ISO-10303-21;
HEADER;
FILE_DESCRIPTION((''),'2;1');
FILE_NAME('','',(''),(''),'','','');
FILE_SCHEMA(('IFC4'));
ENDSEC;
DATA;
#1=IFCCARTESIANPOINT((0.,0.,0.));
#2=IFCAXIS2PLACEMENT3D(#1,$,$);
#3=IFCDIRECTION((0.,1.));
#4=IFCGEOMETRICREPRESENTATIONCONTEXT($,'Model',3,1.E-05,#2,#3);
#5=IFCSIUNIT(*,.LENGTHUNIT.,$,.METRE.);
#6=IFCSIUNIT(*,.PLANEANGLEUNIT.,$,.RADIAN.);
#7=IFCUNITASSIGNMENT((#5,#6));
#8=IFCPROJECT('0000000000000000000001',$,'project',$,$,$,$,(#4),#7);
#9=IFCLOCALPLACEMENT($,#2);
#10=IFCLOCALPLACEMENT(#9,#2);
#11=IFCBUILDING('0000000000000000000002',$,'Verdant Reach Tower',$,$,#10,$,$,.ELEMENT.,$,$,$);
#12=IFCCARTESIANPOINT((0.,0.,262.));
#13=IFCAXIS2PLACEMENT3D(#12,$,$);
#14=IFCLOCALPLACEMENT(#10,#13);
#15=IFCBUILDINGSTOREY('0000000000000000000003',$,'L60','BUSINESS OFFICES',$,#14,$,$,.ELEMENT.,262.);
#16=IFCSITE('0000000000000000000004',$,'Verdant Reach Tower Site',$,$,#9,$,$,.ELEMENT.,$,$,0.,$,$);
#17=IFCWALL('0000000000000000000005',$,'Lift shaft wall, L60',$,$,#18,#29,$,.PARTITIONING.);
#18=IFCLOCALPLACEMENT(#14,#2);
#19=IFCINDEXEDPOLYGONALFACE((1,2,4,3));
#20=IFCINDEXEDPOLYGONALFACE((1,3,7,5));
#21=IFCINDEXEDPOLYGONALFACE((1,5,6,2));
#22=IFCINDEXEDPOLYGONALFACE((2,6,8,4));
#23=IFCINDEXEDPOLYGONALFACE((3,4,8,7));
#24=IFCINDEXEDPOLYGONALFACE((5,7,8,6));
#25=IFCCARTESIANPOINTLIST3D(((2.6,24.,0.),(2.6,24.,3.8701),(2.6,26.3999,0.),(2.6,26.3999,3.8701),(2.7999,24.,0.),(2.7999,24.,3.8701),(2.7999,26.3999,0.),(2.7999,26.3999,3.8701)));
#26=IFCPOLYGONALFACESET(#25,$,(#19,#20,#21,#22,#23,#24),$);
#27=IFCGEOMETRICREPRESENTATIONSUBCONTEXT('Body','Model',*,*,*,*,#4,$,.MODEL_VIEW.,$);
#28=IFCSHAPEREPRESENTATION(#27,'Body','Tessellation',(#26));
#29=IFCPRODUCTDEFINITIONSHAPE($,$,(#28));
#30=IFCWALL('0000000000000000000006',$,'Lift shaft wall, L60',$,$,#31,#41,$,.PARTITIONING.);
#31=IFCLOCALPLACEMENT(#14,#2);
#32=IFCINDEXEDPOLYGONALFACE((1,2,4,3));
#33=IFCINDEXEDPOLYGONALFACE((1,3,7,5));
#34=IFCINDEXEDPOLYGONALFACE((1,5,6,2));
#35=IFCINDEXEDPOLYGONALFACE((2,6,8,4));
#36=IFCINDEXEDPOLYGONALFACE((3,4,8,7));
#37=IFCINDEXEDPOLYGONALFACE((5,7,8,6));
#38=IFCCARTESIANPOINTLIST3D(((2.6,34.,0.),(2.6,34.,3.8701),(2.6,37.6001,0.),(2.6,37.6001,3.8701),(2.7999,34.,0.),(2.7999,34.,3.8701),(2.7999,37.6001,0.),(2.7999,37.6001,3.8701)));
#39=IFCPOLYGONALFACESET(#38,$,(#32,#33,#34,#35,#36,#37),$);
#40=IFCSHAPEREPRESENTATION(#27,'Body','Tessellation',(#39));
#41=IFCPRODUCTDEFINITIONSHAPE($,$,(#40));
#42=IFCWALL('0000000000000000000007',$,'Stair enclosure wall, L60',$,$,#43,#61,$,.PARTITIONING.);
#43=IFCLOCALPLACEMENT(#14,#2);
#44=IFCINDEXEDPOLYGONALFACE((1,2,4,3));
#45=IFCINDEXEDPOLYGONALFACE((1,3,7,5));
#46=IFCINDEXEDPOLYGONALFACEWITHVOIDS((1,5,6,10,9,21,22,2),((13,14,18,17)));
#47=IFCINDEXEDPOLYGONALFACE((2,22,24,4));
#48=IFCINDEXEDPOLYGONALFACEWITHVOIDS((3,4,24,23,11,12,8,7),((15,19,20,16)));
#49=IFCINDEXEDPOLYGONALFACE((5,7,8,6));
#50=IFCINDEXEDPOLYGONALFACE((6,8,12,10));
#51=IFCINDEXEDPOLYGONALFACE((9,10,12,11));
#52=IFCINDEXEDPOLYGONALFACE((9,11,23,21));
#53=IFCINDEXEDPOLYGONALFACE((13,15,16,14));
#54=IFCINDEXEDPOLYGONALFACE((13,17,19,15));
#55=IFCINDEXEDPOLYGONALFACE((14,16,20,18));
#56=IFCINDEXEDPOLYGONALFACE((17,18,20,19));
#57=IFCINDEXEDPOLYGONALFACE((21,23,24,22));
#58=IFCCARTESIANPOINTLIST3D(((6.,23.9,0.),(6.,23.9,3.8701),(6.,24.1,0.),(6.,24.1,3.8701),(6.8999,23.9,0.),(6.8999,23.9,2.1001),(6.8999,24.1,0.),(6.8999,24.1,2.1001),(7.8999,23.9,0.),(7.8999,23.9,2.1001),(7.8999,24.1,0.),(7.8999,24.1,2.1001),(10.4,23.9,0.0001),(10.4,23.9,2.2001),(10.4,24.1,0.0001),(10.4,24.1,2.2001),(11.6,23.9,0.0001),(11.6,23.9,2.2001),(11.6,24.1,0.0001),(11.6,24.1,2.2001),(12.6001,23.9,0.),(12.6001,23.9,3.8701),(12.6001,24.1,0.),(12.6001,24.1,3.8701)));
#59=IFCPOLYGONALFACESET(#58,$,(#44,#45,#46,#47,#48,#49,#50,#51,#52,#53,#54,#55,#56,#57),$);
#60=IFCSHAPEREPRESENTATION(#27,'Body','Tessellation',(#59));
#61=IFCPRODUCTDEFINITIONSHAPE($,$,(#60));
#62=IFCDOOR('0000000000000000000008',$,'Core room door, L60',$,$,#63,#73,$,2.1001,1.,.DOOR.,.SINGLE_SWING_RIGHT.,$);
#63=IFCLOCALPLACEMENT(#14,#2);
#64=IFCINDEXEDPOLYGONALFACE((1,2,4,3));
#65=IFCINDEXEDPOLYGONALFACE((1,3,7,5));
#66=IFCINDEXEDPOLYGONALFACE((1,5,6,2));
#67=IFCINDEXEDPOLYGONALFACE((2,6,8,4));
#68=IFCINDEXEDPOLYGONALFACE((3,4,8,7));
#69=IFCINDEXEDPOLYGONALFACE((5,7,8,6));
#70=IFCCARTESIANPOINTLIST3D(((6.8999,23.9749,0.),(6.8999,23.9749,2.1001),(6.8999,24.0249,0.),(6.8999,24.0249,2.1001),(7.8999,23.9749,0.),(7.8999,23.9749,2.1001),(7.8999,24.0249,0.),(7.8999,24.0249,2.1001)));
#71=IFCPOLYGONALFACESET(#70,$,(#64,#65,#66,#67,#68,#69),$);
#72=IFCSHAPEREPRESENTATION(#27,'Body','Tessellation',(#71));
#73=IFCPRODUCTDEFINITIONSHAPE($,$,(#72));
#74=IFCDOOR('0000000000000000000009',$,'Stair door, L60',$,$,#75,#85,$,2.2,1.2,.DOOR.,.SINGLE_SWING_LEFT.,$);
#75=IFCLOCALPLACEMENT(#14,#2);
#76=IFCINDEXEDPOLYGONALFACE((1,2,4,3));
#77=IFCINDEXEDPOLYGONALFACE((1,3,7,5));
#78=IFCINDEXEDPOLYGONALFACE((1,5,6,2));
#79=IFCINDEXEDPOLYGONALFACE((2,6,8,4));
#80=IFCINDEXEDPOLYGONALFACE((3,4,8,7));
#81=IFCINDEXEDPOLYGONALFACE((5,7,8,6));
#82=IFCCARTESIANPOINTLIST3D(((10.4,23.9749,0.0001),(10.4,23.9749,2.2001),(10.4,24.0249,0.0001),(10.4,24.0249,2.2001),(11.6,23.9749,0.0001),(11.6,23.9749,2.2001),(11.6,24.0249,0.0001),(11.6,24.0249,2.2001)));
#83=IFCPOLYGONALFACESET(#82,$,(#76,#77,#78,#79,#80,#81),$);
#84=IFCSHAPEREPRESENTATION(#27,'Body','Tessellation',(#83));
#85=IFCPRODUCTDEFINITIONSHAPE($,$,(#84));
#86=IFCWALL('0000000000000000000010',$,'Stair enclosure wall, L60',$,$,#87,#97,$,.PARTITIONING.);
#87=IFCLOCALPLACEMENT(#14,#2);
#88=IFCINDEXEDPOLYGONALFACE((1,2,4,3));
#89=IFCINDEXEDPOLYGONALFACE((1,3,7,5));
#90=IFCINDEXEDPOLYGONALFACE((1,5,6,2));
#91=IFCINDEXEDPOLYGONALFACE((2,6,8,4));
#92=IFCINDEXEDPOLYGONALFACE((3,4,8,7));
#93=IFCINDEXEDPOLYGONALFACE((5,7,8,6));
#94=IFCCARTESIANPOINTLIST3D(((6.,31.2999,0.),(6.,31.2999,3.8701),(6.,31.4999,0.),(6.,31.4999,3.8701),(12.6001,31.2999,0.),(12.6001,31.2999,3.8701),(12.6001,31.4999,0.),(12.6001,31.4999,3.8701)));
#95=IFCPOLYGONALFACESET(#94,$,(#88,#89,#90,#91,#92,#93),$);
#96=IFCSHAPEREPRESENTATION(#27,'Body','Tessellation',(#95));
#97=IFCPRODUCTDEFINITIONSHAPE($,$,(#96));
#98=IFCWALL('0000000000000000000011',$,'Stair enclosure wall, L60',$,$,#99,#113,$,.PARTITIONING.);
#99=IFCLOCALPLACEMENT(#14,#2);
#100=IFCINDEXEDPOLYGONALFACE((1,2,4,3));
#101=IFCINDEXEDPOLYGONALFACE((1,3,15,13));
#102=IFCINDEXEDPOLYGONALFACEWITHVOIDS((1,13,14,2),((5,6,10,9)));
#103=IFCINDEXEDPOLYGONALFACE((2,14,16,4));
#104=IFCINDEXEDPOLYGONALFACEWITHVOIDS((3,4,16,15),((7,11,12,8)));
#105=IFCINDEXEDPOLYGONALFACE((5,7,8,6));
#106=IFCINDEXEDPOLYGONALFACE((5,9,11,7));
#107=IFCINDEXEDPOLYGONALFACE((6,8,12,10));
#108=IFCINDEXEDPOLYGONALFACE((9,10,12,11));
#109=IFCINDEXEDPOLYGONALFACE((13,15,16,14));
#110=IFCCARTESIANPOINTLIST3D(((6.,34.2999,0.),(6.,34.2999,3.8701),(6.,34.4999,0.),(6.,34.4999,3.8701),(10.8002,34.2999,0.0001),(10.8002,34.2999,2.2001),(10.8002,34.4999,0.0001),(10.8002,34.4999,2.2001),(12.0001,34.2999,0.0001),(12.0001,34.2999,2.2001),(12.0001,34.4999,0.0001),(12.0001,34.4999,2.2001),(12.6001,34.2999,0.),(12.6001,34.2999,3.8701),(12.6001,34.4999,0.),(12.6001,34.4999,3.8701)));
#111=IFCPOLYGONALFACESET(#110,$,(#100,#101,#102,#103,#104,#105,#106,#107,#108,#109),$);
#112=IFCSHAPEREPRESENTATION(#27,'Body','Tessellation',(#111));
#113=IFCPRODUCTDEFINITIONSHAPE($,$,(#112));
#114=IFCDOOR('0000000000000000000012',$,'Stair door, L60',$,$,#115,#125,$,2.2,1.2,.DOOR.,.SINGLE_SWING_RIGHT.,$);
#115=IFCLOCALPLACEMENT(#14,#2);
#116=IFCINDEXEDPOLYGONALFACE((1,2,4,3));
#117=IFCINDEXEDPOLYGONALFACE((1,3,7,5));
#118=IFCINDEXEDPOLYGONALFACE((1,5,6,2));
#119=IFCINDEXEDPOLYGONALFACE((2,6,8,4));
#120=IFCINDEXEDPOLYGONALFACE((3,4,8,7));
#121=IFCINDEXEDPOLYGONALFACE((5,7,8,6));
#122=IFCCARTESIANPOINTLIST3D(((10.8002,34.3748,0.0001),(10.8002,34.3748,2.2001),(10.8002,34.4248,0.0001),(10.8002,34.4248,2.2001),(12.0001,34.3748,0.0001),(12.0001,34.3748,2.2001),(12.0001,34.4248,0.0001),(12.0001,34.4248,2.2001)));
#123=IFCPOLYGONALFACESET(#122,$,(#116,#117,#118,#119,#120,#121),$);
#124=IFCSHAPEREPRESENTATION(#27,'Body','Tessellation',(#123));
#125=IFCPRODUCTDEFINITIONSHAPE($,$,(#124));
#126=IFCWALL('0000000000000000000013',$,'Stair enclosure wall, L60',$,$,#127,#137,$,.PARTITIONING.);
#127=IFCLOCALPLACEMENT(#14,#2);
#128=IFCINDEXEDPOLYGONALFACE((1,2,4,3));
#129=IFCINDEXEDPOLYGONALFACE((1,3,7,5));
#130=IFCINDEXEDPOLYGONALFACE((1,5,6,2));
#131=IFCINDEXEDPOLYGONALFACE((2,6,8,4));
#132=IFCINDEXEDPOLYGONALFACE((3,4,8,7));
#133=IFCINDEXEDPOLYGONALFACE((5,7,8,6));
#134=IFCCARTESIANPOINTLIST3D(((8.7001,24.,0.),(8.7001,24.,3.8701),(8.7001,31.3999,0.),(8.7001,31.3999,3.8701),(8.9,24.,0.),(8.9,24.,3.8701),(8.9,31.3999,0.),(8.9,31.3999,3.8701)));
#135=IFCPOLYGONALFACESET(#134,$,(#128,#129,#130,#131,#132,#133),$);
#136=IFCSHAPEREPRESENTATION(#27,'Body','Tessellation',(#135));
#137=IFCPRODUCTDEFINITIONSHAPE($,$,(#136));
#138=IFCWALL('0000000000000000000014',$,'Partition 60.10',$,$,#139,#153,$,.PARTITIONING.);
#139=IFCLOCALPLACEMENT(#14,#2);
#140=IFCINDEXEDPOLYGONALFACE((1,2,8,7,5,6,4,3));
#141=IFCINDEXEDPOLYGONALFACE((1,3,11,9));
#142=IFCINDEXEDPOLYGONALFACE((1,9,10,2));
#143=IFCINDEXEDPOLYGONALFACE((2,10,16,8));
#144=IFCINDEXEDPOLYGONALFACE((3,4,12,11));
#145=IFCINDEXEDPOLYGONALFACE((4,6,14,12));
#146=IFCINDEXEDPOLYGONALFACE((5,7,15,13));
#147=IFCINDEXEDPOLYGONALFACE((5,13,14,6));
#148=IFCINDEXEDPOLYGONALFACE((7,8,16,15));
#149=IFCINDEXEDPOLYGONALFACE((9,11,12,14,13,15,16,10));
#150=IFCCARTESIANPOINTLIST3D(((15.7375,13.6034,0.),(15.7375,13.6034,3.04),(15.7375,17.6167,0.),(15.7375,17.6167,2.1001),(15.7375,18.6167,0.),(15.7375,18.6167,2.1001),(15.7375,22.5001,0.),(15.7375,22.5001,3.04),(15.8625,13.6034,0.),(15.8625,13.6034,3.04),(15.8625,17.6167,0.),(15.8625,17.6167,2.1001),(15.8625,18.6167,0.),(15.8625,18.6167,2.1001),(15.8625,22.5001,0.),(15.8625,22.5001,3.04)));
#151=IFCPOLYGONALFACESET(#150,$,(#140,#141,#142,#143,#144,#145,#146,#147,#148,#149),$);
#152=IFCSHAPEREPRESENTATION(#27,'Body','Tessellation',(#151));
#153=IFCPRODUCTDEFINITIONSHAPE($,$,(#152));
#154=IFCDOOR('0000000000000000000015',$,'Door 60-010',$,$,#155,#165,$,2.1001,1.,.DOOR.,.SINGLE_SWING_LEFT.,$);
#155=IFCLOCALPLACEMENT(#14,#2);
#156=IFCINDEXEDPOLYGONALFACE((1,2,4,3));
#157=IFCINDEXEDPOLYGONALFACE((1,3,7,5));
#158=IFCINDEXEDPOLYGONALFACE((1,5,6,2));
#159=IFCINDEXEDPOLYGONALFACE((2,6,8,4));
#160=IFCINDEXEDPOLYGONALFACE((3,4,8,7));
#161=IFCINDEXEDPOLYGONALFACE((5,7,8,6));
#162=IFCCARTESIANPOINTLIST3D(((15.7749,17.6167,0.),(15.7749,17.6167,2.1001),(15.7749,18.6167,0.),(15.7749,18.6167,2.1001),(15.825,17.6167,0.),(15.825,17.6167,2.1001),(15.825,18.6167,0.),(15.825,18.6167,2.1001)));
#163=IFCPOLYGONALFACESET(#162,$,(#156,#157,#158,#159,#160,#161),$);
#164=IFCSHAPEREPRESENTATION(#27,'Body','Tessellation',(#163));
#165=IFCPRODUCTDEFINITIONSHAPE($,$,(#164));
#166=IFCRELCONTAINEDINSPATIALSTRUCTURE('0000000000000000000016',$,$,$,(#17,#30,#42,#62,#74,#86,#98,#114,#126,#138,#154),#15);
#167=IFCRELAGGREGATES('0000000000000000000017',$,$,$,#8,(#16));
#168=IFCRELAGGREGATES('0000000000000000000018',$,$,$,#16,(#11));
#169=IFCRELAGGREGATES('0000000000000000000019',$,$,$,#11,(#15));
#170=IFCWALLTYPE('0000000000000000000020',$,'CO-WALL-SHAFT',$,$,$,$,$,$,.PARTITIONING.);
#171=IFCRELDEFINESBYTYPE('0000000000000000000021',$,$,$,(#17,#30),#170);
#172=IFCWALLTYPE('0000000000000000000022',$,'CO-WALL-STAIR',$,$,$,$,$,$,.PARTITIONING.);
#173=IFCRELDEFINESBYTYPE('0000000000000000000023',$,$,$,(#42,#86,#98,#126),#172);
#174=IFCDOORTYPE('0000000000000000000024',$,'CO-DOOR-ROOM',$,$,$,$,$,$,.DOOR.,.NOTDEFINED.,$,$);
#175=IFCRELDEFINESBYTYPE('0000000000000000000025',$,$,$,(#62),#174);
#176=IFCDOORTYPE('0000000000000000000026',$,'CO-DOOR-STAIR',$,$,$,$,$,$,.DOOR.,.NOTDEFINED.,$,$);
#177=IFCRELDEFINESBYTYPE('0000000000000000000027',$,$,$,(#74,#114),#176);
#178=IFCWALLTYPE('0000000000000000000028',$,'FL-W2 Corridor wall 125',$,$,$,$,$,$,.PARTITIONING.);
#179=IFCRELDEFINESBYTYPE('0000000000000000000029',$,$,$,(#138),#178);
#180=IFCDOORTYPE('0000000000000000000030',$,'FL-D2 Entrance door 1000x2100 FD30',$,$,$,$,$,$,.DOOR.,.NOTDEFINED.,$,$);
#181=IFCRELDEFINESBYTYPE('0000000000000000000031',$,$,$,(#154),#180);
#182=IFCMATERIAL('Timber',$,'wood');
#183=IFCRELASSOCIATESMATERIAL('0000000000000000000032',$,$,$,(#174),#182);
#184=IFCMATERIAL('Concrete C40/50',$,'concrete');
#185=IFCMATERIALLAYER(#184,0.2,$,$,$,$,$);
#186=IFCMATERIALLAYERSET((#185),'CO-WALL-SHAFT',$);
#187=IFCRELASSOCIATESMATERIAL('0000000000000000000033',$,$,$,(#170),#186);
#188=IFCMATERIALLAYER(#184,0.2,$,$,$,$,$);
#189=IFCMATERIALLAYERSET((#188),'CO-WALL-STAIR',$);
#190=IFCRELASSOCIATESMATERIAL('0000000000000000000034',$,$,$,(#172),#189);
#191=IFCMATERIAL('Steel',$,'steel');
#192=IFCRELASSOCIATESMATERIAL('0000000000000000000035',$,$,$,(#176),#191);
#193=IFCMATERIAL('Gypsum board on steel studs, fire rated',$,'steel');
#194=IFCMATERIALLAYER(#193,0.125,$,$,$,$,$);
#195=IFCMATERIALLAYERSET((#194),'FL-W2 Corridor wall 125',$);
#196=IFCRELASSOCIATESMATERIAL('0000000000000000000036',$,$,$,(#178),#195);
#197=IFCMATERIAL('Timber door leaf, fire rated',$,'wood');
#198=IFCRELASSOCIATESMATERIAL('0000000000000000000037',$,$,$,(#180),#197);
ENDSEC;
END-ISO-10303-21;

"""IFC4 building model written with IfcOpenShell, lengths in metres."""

from ifc_helpers import new_model, si_unit, direction, frame, frame_2d, origin, place, context, subcontext, project, spatial, rectangle, extrude, material, layer, layer_set, type_object, element, fill, save


model = new_model("IFC4")

# Units and contexts
model_context = context("Model", 3, precision=1e-05, world=origin(), true_north=direction((0.0, 1.0)))
body_context = subcontext(model_context, "Body", "Model", "MODEL_VIEW")
ifc_project = project(units=[si_unit("LENGTHUNIT", "METRE"), si_unit("PLANEANGLEUNIT", "RADIAN")], contexts=[model_context])

# Site, building, storey
site_placement = place(None, origin())
site = spatial("IfcSite", under=ifc_project, at=site_placement, Name="Verdant Reach Tower Site", CompositionType="ELEMENT", RefElevation=0.0)
building_placement = place(site_placement, origin())
building = spatial("IfcBuilding", under=site, at=building_placement, Name="Verdant Reach Tower", CompositionType="ELEMENT")
storey_placement = place(building_placement, frame((0.0, 0.0, 262.0)))
storey = spatial("IfcBuildingStorey", under=building, at=storey_placement, Name="L60", Description="BUSINESS OFFICES", CompositionType="ELEMENT", Elevation=262.0)

# Shared definitions
ifc_material_1 = material(Name="Timber", Category="wood")
door_type_1 = type_object("IfcDoorType", Name="CO-DOOR-ROOM", OperationType="NOTDEFINED", PredefinedType="DOOR", material=ifc_material_1)

# Walls
ifc_material_2 = material(Name="Concrete C40/50", Category="concrete")
ifc_layer_1 = layer(ifc_material_2, 0.2)
ifc_layer_set_1 = layer_set([ifc_layer_1], Name="CO-WALL-SHAFT")
wall_type_1 = type_object("IfcWallType", Name="CO-WALL-SHAFT", PredefinedType="PARTITIONING", material=ifc_layer_set_1)
wall_1_placement = place(storey_placement, frame((2.7, 24.0, 0.0), z_axis=(0.0, 0.0, 1.0), x_axis=(0.0, 1.0, 0.0)))
element("IfcWall", 1, at=wall_1_placement, inside=storey, type_object=wall_type_1, Name="Lift shaft wall, L60", PredefinedType="PARTITIONING", context=body_context, shape_type="SweptSolid", body=[
    extrude(rectangle(XDim=2.3999, YDim=0.2, at=frame_2d((1.2, 0.0))), origin(), (0.0, 0.0, 1.0), 3.8701),
])
wall_2_placement = place(storey_placement, frame((2.7, 34.0, 0.0), z_axis=(0.0, 0.0, 1.0), x_axis=(0.0, 1.0, 0.0)))
element("IfcWall", 2, at=wall_2_placement, inside=storey, type_object=wall_type_1, Name="Lift shaft wall, L60", PredefinedType="PARTITIONING", context=body_context, shape_type="SweptSolid", body=[
    extrude(rectangle(XDim=3.6001, YDim=0.2, at=frame_2d((1.8, 0.0))), origin(), (0.0, 0.0, 1.0), 3.8701),
])

# Wall, openings, doors
ifc_layer_2 = layer(ifc_material_2, 0.2)
ifc_layer_set_2 = layer_set([ifc_layer_2], Name="CO-WALL-STAIR")
wall_type_2 = type_object("IfcWallType", Name="CO-WALL-STAIR", PredefinedType="PARTITIONING", material=ifc_layer_set_2)
wall_3_placement = place(storey_placement, frame((6.0, 24.0, 0.0), z_axis=(0.0, 0.0, 1.0), x_axis=(1.0, 0.0, 0.0)))
wall_3 = element("IfcWall", 3, at=wall_3_placement, inside=storey, type_object=wall_type_2, Name="Stair enclosure wall, L60", PredefinedType="PARTITIONING", context=body_context, shape_type="SweptSolid", body=[
    extrude(rectangle(XDim=6.6001, YDim=0.2, at=frame_2d((3.3, 0.0))), origin(), (0.0, 0.0, 1.0), 3.8701),
])
opening_1_placement = place(wall_3_placement, frame((0.8999, 0.0, 0.0)))
opening_1 = element("IfcOpeningElement", 4, at=opening_1_placement, cuts=wall_3, PredefinedType="OPENING", context=body_context, shape_type="SweptSolid", body=[
    extrude(rectangle(XDim=1.0, YDim=2.1001, at=frame_2d((0.5, 1.05))), frame((0.0, 0.1099, 0.0), z_axis=(0.0, -1.0, 0.0), x_axis=(1.0, 0.0, 0.0)), (0.0, 0.0, 1.0), 0.22),
])
opening_2_placement = place(wall_3_placement, frame((4.3999, 0.0, 0.0)))
opening_2 = element("IfcOpeningElement", 5, at=opening_2_placement, cuts=wall_3, PredefinedType="OPENING", context=body_context, shape_type="SweptSolid", body=[
    extrude(rectangle(XDim=1.2, YDim=2.2, at=frame_2d((0.6001, 1.1001))), frame((0.0, 0.1099, 0.0), z_axis=(0.0, -1.0, 0.0), x_axis=(1.0, 0.0, 0.0)), (0.0, 0.0, 1.0), 0.22),
])
door_1_placement = place(opening_1_placement, origin())
door_1 = element("IfcDoor", 6, at=door_1_placement, inside=storey, type_object=door_type_1, Name="Core room door, L60", OperationType="SINGLE_SWING_RIGHT", OverallHeight=2.1001, OverallWidth=1.0, PredefinedType="DOOR", context=body_context, shape_type="SweptSolid", body=[
    extrude(rectangle(XDim=1.0, YDim=2.1001, at=frame_2d((0.5, 1.05))), frame((0.0, 0.0249, 0.0), z_axis=(0.0, -1.0, 0.0), x_axis=(1.0, 0.0, 0.0)), (0.0, 0.0, 1.0), 0.05),
])
fill(opening_1, door_1)
ifc_material_3 = material(Name="Steel", Category="steel")
door_type_2 = type_object("IfcDoorType", Name="CO-DOOR-STAIR", OperationType="NOTDEFINED", PredefinedType="DOOR", material=ifc_material_3)
door_2_placement = place(opening_2_placement, origin())
door_2 = element("IfcDoor", 7, at=door_2_placement, inside=storey, type_object=door_type_2, Name="Stair door, L60", OperationType="SINGLE_SWING_LEFT", OverallHeight=2.2, OverallWidth=1.2, PredefinedType="DOOR", context=body_context, shape_type="SweptSolid", body=[
    extrude(rectangle(XDim=1.2, YDim=2.2, at=frame_2d((0.6001, 1.1001))), frame((0.0, 0.0249, 0.0), z_axis=(0.0, -1.0, 0.0), x_axis=(1.0, 0.0, 0.0)), (0.0, 0.0, 1.0), 0.05),
])
fill(opening_2, door_2)

# Wall
wall_4_placement = place(storey_placement, frame((6.0, 31.3999, 0.0), z_axis=(0.0, 0.0, 1.0), x_axis=(1.0, 0.0, 0.0)))
element("IfcWall", 8, at=wall_4_placement, inside=storey, type_object=wall_type_2, Name="Stair enclosure wall, L60", PredefinedType="PARTITIONING", context=body_context, shape_type="SweptSolid", body=[
    extrude(rectangle(XDim=6.6001, YDim=0.2, at=frame_2d((3.3, 0.0))), origin(), (0.0, 0.0, 1.0), 3.8701),
])

# Wall, opening, door
wall_5_placement = place(storey_placement, frame((6.0, 34.3999, 0.0), z_axis=(0.0, 0.0, 1.0), x_axis=(1.0, 0.0, 0.0)))
wall_5 = element("IfcWall", 9, at=wall_5_placement, inside=storey, type_object=wall_type_2, Name="Stair enclosure wall, L60", PredefinedType="PARTITIONING", context=body_context, shape_type="SweptSolid", body=[
    extrude(rectangle(XDim=6.6001, YDim=0.2, at=frame_2d((3.3, 0.0))), origin(), (0.0, 0.0, 1.0), 3.8701),
])
opening_3_placement = place(wall_5_placement, frame((4.8, 0.0, 0.0)))
opening_3 = element("IfcOpeningElement", 10, at=opening_3_placement, cuts=wall_5, PredefinedType="OPENING", context=body_context, shape_type="SweptSolid", body=[
    extrude(rectangle(XDim=1.2, YDim=2.2, at=frame_2d((0.6001, 1.1001))), frame((0.0, 0.1099, 0.0), z_axis=(0.0, -1.0, 0.0), x_axis=(1.0, 0.0, 0.0)), (0.0, 0.0, 1.0), 0.22),
])
door_3_placement = place(opening_3_placement, origin())
door_3 = element("IfcDoor", 11, at=door_3_placement, inside=storey, type_object=door_type_2, Name="Stair door, L60", OperationType="SINGLE_SWING_RIGHT", OverallHeight=2.2, OverallWidth=1.2, PredefinedType="DOOR", context=body_context, shape_type="SweptSolid", body=[
    extrude(rectangle(XDim=1.2, YDim=2.2, at=frame_2d((0.6001, 1.1001))), frame((0.0, 0.0249, 0.0), z_axis=(0.0, -1.0, 0.0), x_axis=(1.0, 0.0, 0.0)), (0.0, 0.0, 1.0), 0.05),
])
fill(opening_3, door_3)

# Wall
wall_6_placement = place(storey_placement, frame((8.8, 24.0, 0.0), z_axis=(0.0, 0.0, 1.0), x_axis=(0.0, 1.0, 0.0)))
element("IfcWall", 12, at=wall_6_placement, inside=storey, type_object=wall_type_2, Name="Stair enclosure wall, L60", PredefinedType="PARTITIONING", context=body_context, shape_type="SweptSolid", body=[
    extrude(rectangle(XDim=7.3999, YDim=0.2, at=frame_2d((3.7, 0.0))), origin(), (0.0, 0.0, 1.0), 3.8701),
])

# Wall, opening, door
ifc_material_4 = material(Name="Gypsum board on steel studs, fire rated", Category="steel")
ifc_layer_3 = layer(ifc_material_4, 0.125)
ifc_layer_set_3 = layer_set([ifc_layer_3], Name="FL-W2 Corridor wall 125")
wall_type_3 = type_object("IfcWallType", Name="FL-W2 Corridor wall 125", PredefinedType="PARTITIONING", material=ifc_layer_set_3)
wall_7_placement = place(storey_placement, frame((15.8, 22.5, 0.0), z_axis=(0.0, 0.0, 1.0), x_axis=(0.0, -1.0, 0.0)))
wall_7 = element("IfcWall", 13, at=wall_7_placement, inside=storey, type_object=wall_type_3, Name="Partition 60.10", PredefinedType="PARTITIONING", context=body_context, shape_type="SweptSolid", body=[
    extrude(rectangle(XDim=8.8967, YDim=0.125, at=frame_2d((4.4482, 0.0))), origin(), (0.0, 0.0, 1.0), 3.04),
])
opening_4_placement = place(wall_7_placement, frame((3.8833, 0.0, 0.0)))
opening_4 = element("IfcOpeningElement", 14, at=opening_4_placement, cuts=wall_7, PredefinedType="OPENING", context=body_context, shape_type="SweptSolid", body=[
    extrude(rectangle(XDim=1.0, YDim=2.1001, at=frame_2d((0.5, 1.05))), frame((0.0, 0.0725, 0.0), z_axis=(0.0, -1.0, 0.0), x_axis=(1.0, 0.0, 0.0)), (0.0, 0.0, 1.0), 0.145),
])
ifc_material_5 = material(Name="Timber door leaf, fire rated", Category="wood")
door_type_3 = type_object("IfcDoorType", Name="FL-D2 Entrance door 1000x2100 FD30", OperationType="NOTDEFINED", PredefinedType="DOOR", material=ifc_material_5)
door_4_placement = place(opening_4_placement, origin())
door_4 = element("IfcDoor", 15, at=door_4_placement, inside=storey, type_object=door_type_3, Name="Door 60-010", OperationType="SINGLE_SWING_LEFT", OverallHeight=2.1001, OverallWidth=1.0, PredefinedType="DOOR", context=body_context, shape_type="SweptSolid", body=[
    extrude(rectangle(XDim=1.0, YDim=2.1001, at=frame_2d((0.5, 1.05))), frame((0.0, 0.0249, 0.0), z_axis=(0.0, -1.0, 0.0), x_axis=(1.0, 0.0, 0.0)), (0.0, 0.0, 1.0), 0.05),
])
fill(opening_4, door_4)

save(model, "model.ifc")
